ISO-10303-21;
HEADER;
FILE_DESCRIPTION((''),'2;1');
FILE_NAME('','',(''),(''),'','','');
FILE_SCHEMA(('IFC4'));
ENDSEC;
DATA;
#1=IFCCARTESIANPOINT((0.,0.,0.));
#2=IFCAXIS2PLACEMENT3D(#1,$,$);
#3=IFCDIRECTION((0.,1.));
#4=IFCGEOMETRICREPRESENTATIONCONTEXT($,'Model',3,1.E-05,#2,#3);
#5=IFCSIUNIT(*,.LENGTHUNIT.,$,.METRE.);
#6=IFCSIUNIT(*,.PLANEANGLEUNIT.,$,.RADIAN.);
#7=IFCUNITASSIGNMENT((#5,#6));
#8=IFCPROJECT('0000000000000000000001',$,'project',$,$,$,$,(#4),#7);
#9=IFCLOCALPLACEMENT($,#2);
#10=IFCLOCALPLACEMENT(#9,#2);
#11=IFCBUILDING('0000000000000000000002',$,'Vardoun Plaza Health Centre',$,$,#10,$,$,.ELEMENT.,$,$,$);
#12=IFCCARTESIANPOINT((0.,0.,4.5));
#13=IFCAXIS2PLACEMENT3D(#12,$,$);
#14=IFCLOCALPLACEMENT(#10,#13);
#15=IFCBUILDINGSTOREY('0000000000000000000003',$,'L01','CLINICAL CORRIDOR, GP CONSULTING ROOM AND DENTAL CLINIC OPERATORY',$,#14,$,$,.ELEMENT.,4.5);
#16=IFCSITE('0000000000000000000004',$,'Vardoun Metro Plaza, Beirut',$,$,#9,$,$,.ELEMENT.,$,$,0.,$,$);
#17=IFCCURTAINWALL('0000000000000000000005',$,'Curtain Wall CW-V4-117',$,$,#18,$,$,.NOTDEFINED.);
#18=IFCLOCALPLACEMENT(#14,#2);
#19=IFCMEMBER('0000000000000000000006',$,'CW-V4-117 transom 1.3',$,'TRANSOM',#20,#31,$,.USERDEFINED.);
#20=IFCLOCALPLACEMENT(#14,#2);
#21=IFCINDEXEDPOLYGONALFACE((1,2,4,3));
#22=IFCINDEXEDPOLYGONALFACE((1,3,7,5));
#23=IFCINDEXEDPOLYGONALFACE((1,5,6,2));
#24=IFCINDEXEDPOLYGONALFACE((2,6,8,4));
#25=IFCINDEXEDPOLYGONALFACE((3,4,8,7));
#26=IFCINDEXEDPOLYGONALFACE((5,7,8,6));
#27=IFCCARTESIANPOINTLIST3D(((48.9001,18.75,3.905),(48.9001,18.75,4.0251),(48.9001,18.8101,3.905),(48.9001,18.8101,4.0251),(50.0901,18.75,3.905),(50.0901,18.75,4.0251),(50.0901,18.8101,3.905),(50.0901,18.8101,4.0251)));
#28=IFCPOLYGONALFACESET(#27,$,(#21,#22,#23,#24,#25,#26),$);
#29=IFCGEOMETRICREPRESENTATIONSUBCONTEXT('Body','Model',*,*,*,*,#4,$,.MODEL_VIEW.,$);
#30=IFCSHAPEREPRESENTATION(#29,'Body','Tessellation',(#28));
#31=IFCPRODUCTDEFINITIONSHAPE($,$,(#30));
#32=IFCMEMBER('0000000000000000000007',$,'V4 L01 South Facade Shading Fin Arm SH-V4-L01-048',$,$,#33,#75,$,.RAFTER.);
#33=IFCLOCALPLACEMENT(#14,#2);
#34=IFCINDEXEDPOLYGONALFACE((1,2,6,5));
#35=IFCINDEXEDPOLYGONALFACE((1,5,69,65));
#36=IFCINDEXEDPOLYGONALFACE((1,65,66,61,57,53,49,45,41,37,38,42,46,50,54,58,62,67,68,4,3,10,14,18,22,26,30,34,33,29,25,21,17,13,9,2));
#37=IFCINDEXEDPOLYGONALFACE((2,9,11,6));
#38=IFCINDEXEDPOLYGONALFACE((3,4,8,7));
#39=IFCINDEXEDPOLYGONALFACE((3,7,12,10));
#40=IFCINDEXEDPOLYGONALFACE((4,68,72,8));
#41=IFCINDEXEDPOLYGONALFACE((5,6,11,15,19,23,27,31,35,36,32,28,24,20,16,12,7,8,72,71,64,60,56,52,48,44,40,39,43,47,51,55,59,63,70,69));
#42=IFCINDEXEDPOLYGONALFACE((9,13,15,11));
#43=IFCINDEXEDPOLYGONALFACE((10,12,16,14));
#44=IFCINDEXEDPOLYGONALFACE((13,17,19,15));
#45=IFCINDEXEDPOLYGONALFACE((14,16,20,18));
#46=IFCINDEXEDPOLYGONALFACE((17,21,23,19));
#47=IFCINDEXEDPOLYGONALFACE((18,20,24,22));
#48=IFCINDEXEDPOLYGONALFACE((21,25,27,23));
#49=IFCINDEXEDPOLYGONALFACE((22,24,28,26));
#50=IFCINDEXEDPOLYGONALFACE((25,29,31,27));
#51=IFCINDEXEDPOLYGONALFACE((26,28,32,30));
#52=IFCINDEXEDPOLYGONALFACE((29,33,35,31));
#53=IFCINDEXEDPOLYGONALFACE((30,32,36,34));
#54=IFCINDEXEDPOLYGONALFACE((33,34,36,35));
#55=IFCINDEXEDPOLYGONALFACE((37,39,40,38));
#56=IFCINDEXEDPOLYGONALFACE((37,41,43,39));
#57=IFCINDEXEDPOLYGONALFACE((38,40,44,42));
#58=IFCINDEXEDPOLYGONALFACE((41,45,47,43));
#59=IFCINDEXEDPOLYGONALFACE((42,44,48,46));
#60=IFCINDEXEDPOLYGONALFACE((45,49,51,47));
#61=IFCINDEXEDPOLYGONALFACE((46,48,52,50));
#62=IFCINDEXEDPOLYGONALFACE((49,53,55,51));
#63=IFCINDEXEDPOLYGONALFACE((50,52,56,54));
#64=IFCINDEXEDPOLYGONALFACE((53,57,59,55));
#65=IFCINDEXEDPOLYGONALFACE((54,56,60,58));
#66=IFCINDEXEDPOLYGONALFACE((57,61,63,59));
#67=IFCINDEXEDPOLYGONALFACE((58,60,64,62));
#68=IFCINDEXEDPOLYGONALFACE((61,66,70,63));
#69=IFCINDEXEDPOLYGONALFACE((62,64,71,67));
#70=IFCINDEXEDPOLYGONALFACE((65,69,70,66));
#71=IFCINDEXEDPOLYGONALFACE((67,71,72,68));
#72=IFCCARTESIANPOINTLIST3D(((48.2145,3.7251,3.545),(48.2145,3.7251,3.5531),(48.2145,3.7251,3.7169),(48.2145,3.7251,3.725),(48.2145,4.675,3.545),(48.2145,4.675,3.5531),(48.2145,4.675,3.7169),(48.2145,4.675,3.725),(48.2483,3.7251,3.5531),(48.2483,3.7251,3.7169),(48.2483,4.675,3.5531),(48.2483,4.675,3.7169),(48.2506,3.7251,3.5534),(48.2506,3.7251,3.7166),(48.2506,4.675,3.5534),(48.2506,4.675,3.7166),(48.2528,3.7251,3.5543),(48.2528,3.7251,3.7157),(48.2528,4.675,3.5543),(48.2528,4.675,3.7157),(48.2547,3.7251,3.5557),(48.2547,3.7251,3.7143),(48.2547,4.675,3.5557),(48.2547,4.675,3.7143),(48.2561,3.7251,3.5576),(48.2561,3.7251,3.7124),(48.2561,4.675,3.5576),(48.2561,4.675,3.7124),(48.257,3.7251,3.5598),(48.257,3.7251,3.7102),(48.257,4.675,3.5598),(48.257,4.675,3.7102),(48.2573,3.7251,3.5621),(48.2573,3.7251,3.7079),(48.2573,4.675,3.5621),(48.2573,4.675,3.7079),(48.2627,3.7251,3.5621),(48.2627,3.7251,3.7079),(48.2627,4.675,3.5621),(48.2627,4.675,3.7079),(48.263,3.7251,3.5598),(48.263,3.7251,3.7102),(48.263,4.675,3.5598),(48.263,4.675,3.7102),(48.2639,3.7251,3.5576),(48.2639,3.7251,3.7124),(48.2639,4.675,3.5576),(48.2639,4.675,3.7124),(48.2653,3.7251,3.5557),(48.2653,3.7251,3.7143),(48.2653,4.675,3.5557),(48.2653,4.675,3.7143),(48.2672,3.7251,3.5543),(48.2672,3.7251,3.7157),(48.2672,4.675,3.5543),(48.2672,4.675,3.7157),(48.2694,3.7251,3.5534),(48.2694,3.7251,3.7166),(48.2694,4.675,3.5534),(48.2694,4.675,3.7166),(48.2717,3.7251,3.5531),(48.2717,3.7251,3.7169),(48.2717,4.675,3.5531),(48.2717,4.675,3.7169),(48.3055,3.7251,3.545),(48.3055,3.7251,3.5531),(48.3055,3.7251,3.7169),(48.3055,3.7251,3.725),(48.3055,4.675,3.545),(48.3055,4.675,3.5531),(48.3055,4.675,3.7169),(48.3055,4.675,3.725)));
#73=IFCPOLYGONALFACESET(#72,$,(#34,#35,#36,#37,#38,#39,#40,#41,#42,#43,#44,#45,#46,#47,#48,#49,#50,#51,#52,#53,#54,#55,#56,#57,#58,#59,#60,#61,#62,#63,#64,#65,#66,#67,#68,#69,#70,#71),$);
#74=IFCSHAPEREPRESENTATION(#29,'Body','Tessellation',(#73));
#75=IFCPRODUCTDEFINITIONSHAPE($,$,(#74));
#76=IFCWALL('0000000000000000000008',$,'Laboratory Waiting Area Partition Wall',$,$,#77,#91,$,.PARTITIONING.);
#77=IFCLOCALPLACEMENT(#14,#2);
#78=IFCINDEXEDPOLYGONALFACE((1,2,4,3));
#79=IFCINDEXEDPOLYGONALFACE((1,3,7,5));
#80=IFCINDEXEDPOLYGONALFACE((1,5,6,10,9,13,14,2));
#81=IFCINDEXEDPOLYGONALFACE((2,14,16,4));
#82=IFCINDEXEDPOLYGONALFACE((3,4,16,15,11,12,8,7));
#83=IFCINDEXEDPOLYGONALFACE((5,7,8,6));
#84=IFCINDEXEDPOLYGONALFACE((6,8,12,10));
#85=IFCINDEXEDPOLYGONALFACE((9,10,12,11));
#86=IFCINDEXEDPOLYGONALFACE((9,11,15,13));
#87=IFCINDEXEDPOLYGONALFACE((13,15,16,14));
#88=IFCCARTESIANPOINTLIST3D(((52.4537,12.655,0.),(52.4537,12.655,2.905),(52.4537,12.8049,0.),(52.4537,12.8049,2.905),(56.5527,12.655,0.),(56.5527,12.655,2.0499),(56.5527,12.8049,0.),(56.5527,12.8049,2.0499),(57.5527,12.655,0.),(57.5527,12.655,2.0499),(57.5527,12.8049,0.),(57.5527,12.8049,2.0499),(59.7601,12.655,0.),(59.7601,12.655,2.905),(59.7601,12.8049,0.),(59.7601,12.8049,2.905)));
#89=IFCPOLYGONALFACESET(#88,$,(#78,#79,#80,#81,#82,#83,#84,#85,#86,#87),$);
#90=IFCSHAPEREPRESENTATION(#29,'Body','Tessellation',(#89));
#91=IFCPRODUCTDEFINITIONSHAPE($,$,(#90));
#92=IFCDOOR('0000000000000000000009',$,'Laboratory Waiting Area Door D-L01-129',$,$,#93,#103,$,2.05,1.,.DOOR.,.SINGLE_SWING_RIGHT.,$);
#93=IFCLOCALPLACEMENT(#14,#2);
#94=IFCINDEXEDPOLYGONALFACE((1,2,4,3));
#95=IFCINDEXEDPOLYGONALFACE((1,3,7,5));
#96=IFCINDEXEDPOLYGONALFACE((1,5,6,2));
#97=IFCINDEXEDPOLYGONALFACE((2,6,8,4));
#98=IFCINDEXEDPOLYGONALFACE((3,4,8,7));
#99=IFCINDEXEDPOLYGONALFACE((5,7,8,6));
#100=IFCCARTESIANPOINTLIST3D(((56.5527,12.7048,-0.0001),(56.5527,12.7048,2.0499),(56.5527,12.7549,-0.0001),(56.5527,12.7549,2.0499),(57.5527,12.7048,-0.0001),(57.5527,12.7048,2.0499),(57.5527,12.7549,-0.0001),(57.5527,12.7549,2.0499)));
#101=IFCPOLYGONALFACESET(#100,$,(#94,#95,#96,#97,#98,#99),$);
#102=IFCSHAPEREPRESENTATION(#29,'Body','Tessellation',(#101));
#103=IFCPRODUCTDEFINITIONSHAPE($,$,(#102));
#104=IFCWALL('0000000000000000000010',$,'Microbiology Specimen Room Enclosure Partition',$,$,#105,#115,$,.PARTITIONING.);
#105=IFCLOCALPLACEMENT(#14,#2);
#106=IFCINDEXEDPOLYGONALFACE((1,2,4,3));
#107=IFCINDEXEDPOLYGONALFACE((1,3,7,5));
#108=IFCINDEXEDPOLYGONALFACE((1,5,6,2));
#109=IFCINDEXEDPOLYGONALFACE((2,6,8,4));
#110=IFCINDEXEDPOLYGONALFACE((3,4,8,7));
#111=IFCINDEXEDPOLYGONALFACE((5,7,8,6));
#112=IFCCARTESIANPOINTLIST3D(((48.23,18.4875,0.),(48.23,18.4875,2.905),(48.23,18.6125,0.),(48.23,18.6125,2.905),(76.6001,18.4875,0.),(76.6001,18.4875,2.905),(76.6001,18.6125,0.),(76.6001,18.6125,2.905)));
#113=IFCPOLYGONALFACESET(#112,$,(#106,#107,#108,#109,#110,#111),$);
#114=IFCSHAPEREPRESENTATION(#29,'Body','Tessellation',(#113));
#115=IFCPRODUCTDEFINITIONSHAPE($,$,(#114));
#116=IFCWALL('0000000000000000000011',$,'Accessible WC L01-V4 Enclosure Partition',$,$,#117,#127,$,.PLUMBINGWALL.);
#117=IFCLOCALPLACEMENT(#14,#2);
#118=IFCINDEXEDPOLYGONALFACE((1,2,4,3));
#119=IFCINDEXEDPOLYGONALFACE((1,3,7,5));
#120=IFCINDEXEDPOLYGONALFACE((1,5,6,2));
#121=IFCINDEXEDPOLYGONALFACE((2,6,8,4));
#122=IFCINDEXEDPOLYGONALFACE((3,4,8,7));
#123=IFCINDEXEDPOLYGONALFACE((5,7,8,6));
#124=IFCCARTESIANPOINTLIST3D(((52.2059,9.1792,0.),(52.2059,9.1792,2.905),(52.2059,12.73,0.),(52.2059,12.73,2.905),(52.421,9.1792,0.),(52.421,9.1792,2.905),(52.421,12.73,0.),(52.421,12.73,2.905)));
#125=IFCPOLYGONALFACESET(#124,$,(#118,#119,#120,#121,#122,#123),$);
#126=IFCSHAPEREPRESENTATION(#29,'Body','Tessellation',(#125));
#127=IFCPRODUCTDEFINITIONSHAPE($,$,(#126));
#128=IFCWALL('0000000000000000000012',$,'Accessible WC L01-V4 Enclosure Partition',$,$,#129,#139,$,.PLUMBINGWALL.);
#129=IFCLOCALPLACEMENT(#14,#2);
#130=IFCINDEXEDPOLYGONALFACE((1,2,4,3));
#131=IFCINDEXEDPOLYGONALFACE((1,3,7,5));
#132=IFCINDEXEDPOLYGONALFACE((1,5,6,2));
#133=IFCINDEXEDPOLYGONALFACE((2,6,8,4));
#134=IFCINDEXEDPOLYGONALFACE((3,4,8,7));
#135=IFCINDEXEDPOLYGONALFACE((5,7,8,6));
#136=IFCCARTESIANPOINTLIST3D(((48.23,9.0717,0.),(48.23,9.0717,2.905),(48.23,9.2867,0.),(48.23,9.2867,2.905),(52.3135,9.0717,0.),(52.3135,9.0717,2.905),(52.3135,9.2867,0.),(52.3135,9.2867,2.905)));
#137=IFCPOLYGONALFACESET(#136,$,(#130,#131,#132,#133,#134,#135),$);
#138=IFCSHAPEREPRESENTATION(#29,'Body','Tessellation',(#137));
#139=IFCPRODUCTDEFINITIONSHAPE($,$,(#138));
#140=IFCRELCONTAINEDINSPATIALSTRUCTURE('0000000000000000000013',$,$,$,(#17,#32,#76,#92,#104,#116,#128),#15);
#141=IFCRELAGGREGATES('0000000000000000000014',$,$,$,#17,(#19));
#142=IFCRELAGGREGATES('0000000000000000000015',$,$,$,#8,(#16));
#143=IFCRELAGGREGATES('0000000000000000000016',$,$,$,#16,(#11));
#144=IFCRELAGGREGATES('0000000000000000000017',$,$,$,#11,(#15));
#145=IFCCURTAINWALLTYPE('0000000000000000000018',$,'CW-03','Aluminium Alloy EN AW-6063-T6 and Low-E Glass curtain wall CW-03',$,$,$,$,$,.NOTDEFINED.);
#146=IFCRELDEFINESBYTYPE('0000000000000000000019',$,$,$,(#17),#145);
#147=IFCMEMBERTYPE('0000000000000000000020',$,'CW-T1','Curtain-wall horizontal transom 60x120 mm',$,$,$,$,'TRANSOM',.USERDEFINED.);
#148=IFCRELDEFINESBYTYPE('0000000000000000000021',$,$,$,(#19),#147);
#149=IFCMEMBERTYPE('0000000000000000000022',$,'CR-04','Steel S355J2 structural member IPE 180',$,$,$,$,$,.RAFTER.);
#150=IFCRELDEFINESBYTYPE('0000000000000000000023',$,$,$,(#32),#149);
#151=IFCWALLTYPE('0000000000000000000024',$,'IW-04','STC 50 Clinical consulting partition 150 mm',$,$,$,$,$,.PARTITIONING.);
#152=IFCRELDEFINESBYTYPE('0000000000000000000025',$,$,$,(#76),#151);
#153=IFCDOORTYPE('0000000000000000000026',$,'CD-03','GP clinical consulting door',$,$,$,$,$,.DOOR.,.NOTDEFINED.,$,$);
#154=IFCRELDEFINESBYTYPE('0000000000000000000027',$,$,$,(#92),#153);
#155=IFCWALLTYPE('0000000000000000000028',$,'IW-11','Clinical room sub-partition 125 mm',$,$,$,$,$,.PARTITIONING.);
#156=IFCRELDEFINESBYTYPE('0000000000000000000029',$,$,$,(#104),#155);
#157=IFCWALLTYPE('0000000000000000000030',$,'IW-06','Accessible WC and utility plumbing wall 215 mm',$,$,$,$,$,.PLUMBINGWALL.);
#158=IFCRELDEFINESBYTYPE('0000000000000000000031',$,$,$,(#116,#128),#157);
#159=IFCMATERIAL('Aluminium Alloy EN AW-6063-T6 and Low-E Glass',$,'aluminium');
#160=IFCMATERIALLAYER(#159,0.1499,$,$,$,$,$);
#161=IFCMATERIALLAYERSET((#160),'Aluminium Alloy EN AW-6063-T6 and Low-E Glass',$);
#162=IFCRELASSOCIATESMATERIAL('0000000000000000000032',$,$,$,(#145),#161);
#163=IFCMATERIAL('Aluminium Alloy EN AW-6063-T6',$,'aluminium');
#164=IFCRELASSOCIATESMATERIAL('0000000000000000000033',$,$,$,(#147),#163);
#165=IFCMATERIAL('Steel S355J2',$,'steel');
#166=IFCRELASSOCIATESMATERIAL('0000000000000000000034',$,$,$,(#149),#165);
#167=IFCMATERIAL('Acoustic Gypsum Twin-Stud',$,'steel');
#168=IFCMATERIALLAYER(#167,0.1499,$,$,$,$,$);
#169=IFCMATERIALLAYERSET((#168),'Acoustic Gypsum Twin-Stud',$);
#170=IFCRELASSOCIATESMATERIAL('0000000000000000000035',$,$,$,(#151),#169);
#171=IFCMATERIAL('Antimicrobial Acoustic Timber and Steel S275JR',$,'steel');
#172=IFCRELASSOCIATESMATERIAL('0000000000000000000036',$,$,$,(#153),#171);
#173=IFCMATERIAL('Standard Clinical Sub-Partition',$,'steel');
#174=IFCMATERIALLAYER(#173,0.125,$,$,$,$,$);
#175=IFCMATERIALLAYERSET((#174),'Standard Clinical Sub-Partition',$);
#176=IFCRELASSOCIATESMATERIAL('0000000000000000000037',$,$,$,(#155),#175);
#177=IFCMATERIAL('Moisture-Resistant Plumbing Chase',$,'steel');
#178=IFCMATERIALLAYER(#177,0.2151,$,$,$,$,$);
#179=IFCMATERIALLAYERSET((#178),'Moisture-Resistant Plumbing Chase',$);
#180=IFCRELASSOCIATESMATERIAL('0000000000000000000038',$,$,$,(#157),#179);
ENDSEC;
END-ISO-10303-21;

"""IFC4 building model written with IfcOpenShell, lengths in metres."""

from ifc_helpers import new_model, si_unit, direction, frame, frame_2d, origin, origin_2d, place, context, subcontext, project, spatial, rectangle, i_section, extrude, material, layer, layer_set, material_profile, profile_set, type_object, element, fill, aggregate, save


model = new_model("IFC4")

# Units and contexts
model_context = context("Model", 3, precision=1e-05, world=origin(), true_north=direction((0.0, 1.0)))
body_context = subcontext(model_context, "Body", "Model", "MODEL_VIEW")
ifc_project = project(units=[si_unit("LENGTHUNIT", "METRE"), si_unit("PLANEANGLEUNIT", "RADIAN")], contexts=[model_context])

# Site, building, storey
site_placement = place(None, origin())
site = spatial("IfcSite", under=ifc_project, at=site_placement, Name="Vardoun Metro Plaza, Beirut", CompositionType="ELEMENT", RefElevation=0.0)
building_placement = place(site_placement, origin())
building = spatial("IfcBuilding", under=site, at=building_placement, Name="Vardoun Plaza Health Centre", CompositionType="ELEMENT")
storey_placement = place(building_placement, frame((0.0, 0.0, 4.5)))
storey = spatial("IfcBuildingStorey", under=building, at=storey_placement, Name="L01", Description="CLINICAL CORRIDOR, GP CONSULTING ROOM AND DENTAL CLINIC OPERATORY", CompositionType="ELEMENT", Elevation=4.5)

# Curtain wall, member
ifc_material_1 = material(Name="Aluminium Alloy EN AW-6063-T6 and Low-E Glass", Category="aluminium")
ifc_layer_1 = layer(ifc_material_1, 0.1499)
ifc_layer_set_1 = layer_set([ifc_layer_1], Name="Aluminium Alloy EN AW-6063-T6 and Low-E Glass")
curtain_wall_type = type_object("IfcCurtainWallType", Name="CW-03", Description="Aluminium Alloy EN AW-6063-T6 and Low-E Glass curtain wall CW-03", PredefinedType="NOTDEFINED", material=ifc_layer_set_1)
curtain_wall_placement = place(storey_placement, origin())
curtain_wall = element("IfcCurtainWall", 1, at=curtain_wall_placement, inside=storey, type_object=curtain_wall_type, Name="Curtain Wall CW-V4-117", PredefinedType="NOTDEFINED")
ifc_material_2 = material(Name="Aluminium Alloy EN AW-6063-T6", Category="aluminium")
ifc_material_profile_1 = material_profile(ifc_material_2, rectangle(XDim=0.0601, YDim=0.1201, at=origin_2d()), Name="CWT 60x120")
ifc_profile_set_1 = profile_set([ifc_material_profile_1], Name="Aluminium Alloy EN AW-6063-T6")
member_type_1 = type_object("IfcMemberType", Name="CW-T1", Description="Curtain-wall horizontal transom 60x120 mm", ElementType="TRANSOM", PredefinedType="USERDEFINED", material=ifc_profile_set_1)
member_1_placement = place(storey_placement, frame((48.9001, 18.78, 3.9651), z_axis=(1.0, 0.0, 0.0), x_axis=(0.0, 1.0, 0.0)))
member_1 = element("IfcMember", 2, at=member_1_placement, type_object=member_type_1, Name="CW-V4-117 transom 1.3", ObjectType="TRANSOM", PredefinedType="USERDEFINED", context=body_context, shape_type="SweptSolid", body=[
    extrude(rectangle(XDim=0.0601, YDim=0.1201, at=origin_2d()), origin(), (0.0, 0.0, 1.0), 1.1899),
])
aggregate(curtain_wall, [member_1])

# Member
ifc_material_3 = material(Name="Steel S355J2", Category="steel")
ifc_material_profile_2 = material_profile(ifc_material_3, i_section(OverallWidth=0.0911, OverallDepth=0.1799, WebThickness=0.0054, FlangeThickness=0.0081, FilletRadius=0.009, at=origin_2d()), Name="IPE 180")
ifc_profile_set_2 = profile_set([ifc_material_profile_2], Name="Steel S355J2")
member_type_2 = type_object("IfcMemberType", Name="CR-04", Description="Steel S355J2 structural member IPE 180", PredefinedType="RAFTER", material=ifc_profile_set_2)
member_2_placement = place(storey_placement, frame((48.26, 4.675, 3.635), z_axis=(0.0, -1.0, 0.0), x_axis=(1.0, 0.0, 0.0)))
element("IfcMember", 3, at=member_2_placement, inside=storey, type_object=member_type_2, Name="V4 L01 South Facade Shading Fin Arm SH-V4-L01-048", PredefinedType="RAFTER", context=body_context, shape_type="SweptSolid", body=[
    extrude(i_section(OverallWidth=0.0911, OverallDepth=0.1799, WebThickness=0.0054, FlangeThickness=0.0081, FilletRadius=0.009, at=origin_2d()), origin(), (0.0, 0.0, 1.0), 0.95),
])

# Wall, opening, door
ifc_material_4 = material(Name="Acoustic Gypsum Twin-Stud", Category="steel")
ifc_layer_2 = layer(ifc_material_4, 0.1499)
ifc_layer_set_2 = layer_set([ifc_layer_2], Name="Acoustic Gypsum Twin-Stud")
wall_type_1 = type_object("IfcWallType", Name="IW-04", Description="STC 50 Clinical consulting partition 150 mm", PredefinedType="PARTITIONING", material=ifc_layer_set_2)
wall_1_placement = place(storey_placement, frame((52.4536, 12.73, 0.0), z_axis=(0.0, 0.0, 1.0), x_axis=(1.0, 0.0, 0.0)))
wall_1 = element("IfcWall", 4, at=wall_1_placement, inside=storey, type_object=wall_type_1, Name="Laboratory Waiting Area Partition Wall", PredefinedType="PARTITIONING", context=body_context, shape_type="SweptSolid", body=[
    extrude(rectangle(XDim=7.3064, YDim=0.1499, at=frame_2d((3.6533, 0.0))), origin(), (0.0, 0.0, 1.0), 2.905),
])
opening_placement = place(wall_1_placement, frame((4.0991, 0.0, 0.0)))
opening = element("IfcOpeningElement", 5, at=opening_placement, cuts=wall_1, PredefinedType="OPENING", context=body_context, shape_type="SweptSolid", body=[
    extrude(rectangle(XDim=1.0, YDim=2.05, at=frame_2d((0.5, 1.0249))), frame((0.0, 0.075, 0.0), z_axis=(0.0, -1.0, 0.0), x_axis=(1.0, 0.0, 0.0)), (0.0, 0.0, 1.0), 0.1499),
])
ifc_material_5 = material(Name="Antimicrobial Acoustic Timber and Steel S275JR", Category="steel")
door_type = type_object("IfcDoorType", Name="CD-03", Description="GP clinical consulting door", OperationType="NOTDEFINED", PredefinedType="DOOR", material=ifc_material_5)
door_placement = place(opening_placement, origin())
door = element("IfcDoor", 6, at=door_placement, inside=storey, type_object=door_type, Name="Laboratory Waiting Area Door D-L01-129", OperationType="SINGLE_SWING_RIGHT", OverallHeight=2.05, OverallWidth=1.0, PredefinedType="DOOR", context=body_context, shape_type="SweptSolid", body=[
    extrude(rectangle(XDim=1.0, YDim=2.05, at=frame_2d((0.5, 1.0249))), frame((0.0, 0.0249, 0.0), z_axis=(0.0, -1.0, 0.0), x_axis=(1.0, 0.0, 0.0)), (0.0, 0.0, 1.0), 0.05),
])
fill(opening, door)

# Walls
ifc_material_6 = material(Name="Standard Clinical Sub-Partition", Category="steel")
ifc_layer_3 = layer(ifc_material_6, 0.125)
ifc_layer_set_3 = layer_set([ifc_layer_3], Name="Standard Clinical Sub-Partition")
wall_type_2 = type_object("IfcWallType", Name="IW-11", Description="Clinical room sub-partition 125 mm", PredefinedType="PARTITIONING", material=ifc_layer_set_3)
wall_2_placement = place(storey_placement, frame((48.23, 18.55, 0.0), z_axis=(0.0, 0.0, 1.0), x_axis=(1.0, 0.0, 0.0)))
element("IfcWall", 7, at=wall_2_placement, inside=storey, type_object=wall_type_2, Name="Microbiology Specimen Room Enclosure Partition", PredefinedType="PARTITIONING", context=body_context, shape_type="SweptSolid", body=[
    extrude(rectangle(XDim=28.3701, YDim=0.125, at=frame_2d((14.1851, 0.0))), origin(), (0.0, 0.0, 1.0), 2.905),
])
ifc_material_7 = material(Name="Moisture-Resistant Plumbing Chase", Category="steel")
ifc_layer_4 = layer(ifc_material_7, 0.2151)
ifc_layer_set_4 = layer_set([ifc_layer_4], Name="Moisture-Resistant Plumbing Chase")
wall_type_3 = type_object("IfcWallType", Name="IW-06", Description="Accessible WC and utility plumbing wall 215 mm", PredefinedType="PLUMBINGWALL", material=ifc_layer_set_4)
wall_3_placement = place(storey_placement, frame((52.3135, 12.73, 0.0), z_axis=(0.0, 0.0, 1.0), x_axis=(0.0, -1.0, 0.0)))
element("IfcWall", 8, at=wall_3_placement, inside=storey, type_object=wall_type_3, Name="Accessible WC L01-V4 Enclosure Partition", PredefinedType="PLUMBINGWALL", context=body_context, shape_type="SweptSolid", body=[
    extrude(rectangle(XDim=3.5508, YDim=0.2151, at=frame_2d((1.7754, 0.0))), origin(), (0.0, 0.0, 1.0), 2.905),
])
wall_4_placement = place(storey_placement, frame((52.3135, 9.1792, 0.0), z_axis=(0.0, 0.0, 1.0), x_axis=(-1.0, 0.0, 0.0)))
element("IfcWall", 9, at=wall_4_placement, inside=storey, type_object=wall_type_3, Name="Accessible WC L01-V4 Enclosure Partition", PredefinedType="PLUMBINGWALL", context=body_context, shape_type="SweptSolid", body=[
    extrude(rectangle(XDim=4.0835, YDim=0.2151, at=frame_2d((2.0417, 0.0))), origin(), (0.0, 0.0, 1.0), 2.905),
])

save(model, "model.ifc")
